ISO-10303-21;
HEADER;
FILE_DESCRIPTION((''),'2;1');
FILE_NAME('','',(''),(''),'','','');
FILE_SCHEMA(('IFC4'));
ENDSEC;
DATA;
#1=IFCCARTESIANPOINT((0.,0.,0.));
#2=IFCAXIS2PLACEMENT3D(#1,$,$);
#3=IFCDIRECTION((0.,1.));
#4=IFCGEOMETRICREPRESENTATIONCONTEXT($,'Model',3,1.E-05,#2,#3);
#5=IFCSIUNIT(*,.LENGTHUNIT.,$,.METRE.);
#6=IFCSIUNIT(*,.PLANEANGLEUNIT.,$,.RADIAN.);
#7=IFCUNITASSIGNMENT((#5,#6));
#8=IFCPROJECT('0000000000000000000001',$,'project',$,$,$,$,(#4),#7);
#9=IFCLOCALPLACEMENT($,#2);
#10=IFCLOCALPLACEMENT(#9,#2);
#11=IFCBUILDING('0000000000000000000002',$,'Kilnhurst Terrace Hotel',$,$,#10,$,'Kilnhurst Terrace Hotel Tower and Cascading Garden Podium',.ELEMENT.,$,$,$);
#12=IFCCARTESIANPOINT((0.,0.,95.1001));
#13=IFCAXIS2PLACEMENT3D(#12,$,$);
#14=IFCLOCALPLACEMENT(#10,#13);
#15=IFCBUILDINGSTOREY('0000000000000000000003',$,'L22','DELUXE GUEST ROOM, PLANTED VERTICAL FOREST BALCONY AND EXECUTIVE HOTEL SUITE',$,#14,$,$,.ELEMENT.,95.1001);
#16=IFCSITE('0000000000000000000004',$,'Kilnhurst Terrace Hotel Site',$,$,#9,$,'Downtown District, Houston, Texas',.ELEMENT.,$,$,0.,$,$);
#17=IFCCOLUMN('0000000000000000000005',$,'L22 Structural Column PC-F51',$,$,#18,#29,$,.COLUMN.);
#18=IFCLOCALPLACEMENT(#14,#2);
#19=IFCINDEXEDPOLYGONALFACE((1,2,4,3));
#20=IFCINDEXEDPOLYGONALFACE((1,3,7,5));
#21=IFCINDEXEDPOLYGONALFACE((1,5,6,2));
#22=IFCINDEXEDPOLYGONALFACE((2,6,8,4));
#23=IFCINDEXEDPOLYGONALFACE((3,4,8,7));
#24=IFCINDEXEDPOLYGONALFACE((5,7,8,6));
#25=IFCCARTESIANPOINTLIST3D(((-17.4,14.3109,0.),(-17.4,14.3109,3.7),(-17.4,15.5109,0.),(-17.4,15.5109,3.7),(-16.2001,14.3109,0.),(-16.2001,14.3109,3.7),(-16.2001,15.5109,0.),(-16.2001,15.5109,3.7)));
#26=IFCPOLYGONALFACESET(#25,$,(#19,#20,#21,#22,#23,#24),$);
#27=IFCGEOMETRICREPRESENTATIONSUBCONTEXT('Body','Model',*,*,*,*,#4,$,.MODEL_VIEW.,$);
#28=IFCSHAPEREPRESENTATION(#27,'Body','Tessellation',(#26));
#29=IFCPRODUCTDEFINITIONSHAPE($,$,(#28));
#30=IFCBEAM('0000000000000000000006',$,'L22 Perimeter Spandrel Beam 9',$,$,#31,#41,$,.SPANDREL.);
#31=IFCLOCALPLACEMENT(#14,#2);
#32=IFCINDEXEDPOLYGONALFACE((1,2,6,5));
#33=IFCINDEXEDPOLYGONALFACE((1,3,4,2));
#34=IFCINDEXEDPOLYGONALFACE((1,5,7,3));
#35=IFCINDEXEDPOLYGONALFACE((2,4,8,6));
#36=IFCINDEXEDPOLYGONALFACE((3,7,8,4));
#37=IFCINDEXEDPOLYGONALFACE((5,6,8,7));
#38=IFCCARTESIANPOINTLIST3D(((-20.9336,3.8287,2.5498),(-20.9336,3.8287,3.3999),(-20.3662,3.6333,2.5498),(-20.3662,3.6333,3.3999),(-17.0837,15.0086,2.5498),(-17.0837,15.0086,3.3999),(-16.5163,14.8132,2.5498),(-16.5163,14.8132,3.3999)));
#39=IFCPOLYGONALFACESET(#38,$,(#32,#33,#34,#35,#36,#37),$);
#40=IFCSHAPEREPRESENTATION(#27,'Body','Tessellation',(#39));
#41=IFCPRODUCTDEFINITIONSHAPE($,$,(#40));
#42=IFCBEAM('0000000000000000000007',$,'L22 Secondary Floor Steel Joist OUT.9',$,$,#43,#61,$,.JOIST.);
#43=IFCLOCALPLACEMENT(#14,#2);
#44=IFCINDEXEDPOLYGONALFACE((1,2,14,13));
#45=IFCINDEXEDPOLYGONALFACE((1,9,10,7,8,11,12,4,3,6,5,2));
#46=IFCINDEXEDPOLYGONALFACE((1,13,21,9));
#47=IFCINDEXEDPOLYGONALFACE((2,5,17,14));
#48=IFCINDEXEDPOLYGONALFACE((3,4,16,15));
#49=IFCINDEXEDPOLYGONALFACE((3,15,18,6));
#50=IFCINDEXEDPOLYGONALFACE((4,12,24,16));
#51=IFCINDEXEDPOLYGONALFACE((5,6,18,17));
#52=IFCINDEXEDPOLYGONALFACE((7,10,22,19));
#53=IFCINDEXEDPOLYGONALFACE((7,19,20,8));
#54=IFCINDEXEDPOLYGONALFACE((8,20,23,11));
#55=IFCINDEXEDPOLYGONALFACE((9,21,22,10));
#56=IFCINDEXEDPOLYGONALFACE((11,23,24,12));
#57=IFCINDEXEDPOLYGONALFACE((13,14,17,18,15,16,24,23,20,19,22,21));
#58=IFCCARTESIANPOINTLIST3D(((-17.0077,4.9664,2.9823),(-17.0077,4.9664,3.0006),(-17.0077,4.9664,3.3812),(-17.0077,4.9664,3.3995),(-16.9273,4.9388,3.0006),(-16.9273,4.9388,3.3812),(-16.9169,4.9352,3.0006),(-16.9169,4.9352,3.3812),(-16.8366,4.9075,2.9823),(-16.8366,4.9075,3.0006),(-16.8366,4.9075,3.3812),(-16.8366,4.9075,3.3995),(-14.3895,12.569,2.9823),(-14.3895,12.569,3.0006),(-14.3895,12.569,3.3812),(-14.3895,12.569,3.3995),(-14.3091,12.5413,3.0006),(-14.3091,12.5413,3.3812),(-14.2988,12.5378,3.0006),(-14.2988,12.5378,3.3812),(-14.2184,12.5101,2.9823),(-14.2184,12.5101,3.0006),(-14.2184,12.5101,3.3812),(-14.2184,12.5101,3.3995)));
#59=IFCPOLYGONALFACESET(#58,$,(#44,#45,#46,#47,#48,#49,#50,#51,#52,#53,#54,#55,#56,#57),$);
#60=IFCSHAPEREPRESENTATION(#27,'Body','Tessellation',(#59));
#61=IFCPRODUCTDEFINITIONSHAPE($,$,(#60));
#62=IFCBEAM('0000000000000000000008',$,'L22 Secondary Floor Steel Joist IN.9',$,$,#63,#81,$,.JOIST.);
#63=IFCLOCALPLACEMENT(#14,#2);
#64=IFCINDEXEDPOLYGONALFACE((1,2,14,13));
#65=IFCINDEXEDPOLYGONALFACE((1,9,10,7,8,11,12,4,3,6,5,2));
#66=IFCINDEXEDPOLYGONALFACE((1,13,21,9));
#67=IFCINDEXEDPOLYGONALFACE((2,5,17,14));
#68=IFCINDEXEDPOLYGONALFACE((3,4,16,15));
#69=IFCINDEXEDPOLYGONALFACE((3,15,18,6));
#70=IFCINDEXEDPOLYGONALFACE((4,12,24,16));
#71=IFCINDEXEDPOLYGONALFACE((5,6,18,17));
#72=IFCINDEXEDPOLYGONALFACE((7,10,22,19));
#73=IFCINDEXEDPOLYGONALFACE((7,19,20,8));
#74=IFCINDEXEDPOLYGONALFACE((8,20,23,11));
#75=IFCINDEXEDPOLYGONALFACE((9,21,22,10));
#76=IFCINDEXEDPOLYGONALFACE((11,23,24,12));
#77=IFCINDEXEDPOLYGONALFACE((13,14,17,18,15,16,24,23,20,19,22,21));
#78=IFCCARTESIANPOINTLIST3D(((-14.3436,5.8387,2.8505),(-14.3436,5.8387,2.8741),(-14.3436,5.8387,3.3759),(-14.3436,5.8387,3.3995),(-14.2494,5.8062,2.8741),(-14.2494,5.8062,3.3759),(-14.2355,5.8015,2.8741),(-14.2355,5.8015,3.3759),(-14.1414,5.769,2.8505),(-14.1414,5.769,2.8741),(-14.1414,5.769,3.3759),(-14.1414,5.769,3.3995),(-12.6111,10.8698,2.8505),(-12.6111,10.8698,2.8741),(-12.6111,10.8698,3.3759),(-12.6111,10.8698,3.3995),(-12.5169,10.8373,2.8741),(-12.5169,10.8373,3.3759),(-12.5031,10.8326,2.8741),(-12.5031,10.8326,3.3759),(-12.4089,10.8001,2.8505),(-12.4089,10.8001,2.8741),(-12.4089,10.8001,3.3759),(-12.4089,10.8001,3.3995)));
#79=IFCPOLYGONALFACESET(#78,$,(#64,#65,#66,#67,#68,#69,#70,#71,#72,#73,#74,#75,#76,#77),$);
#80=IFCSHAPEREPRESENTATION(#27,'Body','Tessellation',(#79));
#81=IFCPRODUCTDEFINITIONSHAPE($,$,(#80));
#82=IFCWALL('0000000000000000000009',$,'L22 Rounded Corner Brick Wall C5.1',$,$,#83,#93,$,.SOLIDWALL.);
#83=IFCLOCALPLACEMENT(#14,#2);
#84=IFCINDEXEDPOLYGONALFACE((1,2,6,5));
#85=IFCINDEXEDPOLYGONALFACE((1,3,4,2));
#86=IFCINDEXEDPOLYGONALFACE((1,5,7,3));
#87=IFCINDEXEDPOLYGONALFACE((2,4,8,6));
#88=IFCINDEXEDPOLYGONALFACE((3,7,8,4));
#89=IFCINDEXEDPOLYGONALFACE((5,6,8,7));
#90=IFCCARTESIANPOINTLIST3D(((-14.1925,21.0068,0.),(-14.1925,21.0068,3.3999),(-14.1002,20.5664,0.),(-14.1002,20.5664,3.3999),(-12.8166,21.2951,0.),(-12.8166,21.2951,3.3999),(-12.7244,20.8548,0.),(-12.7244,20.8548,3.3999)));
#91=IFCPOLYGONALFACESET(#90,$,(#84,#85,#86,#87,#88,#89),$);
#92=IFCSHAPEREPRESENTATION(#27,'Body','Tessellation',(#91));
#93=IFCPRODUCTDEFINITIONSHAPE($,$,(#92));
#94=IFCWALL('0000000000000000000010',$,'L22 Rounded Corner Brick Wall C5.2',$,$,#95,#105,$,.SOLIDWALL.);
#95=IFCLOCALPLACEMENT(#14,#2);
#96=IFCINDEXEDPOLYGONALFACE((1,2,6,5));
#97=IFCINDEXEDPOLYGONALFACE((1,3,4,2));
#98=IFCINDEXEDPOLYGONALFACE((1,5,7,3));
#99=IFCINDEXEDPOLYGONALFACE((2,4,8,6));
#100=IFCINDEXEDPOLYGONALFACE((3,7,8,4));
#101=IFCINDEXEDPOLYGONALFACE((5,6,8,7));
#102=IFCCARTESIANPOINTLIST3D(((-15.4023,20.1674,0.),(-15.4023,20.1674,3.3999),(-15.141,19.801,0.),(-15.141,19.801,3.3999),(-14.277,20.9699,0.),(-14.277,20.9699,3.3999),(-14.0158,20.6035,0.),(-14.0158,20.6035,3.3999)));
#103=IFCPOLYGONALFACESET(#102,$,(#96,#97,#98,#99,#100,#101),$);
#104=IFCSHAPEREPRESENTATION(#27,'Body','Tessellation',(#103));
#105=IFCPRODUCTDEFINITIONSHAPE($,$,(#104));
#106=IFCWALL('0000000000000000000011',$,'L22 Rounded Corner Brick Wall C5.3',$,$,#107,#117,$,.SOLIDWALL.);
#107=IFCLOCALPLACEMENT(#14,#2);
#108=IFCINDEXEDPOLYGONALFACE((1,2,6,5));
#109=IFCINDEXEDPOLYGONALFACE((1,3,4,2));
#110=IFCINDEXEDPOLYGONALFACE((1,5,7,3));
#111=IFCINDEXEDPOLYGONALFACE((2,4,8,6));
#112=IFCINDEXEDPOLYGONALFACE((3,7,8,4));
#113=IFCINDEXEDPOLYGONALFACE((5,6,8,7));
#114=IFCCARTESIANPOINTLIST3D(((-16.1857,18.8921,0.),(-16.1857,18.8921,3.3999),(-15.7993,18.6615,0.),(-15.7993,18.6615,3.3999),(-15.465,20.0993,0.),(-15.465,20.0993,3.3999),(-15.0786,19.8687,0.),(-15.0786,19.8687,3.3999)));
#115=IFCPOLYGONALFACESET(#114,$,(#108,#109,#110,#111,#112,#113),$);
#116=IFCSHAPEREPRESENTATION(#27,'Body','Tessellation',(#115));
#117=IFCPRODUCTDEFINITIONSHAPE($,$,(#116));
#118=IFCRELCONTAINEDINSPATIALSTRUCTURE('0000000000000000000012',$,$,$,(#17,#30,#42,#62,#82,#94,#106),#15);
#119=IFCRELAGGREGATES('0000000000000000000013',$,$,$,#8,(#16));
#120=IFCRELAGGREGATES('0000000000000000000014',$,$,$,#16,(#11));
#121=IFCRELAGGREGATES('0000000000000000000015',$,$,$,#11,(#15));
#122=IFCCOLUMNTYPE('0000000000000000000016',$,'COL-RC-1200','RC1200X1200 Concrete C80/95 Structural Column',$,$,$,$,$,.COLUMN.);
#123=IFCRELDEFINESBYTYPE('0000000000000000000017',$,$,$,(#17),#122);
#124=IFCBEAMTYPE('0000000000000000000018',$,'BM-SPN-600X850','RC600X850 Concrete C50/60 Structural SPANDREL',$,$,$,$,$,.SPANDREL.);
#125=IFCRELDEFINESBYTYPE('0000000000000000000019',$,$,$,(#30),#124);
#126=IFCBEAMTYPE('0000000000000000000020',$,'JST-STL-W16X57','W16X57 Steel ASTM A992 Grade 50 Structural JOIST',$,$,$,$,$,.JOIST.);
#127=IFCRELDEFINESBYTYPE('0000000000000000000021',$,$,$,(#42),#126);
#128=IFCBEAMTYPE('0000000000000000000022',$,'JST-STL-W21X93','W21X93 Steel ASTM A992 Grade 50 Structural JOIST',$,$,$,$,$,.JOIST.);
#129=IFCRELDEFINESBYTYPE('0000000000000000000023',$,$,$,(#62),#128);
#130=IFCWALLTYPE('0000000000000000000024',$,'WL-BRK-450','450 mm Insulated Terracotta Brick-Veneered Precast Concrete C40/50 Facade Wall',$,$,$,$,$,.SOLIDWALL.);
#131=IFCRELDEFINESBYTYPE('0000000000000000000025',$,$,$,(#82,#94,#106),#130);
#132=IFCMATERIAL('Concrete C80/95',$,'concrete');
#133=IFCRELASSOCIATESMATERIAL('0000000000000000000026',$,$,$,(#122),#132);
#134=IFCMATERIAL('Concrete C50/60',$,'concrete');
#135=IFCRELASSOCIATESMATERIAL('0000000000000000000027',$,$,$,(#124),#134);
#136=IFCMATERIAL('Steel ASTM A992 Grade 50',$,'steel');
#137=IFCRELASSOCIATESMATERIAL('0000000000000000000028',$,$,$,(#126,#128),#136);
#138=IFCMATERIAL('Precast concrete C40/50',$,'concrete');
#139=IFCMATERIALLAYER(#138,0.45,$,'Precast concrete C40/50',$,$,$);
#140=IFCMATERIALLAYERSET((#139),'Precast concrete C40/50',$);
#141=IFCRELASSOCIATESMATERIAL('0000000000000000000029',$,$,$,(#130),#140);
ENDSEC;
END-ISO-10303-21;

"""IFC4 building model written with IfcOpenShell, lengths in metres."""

from ifc_helpers import new_model, si_unit, direction, frame, frame_2d, origin, origin_2d, place, context, subcontext, project, spatial, rectangle, i_section, extrude, material, layer, layer_set, material_profile, profile_set, type_object, element, save


model = new_model("IFC4")

# Units and contexts
model_context = context("Model", 3, precision=1e-05, world=origin(), true_north=direction((0.0, 1.0)))
body_context = subcontext(model_context, "Body", "Model", "MODEL_VIEW")
ifc_project = project(units=[si_unit("LENGTHUNIT", "METRE"), si_unit("PLANEANGLEUNIT", "RADIAN")], contexts=[model_context])

# Site, building, storey
site_placement = place(None, origin())
site = spatial("IfcSite", under=ifc_project, at=site_placement, Name="Kilnhurst Terrace Hotel Site", LongName="Downtown District, Houston, Texas", CompositionType="ELEMENT", RefElevation=0.0)
building_placement = place(site_placement, origin())
building = spatial("IfcBuilding", under=site, at=building_placement, Name="Kilnhurst Terrace Hotel", LongName="Kilnhurst Terrace Hotel Tower and Cascading Garden Podium", CompositionType="ELEMENT")
storey_placement = place(building_placement, frame((0.0, 0.0, 95.1001)))
storey = spatial("IfcBuildingStorey", under=building, at=storey_placement, Name="L22", Description="DELUXE GUEST ROOM, PLANTED VERTICAL FOREST BALCONY AND EXECUTIVE HOTEL SUITE", CompositionType="ELEMENT", Elevation=95.1001)

# Column
ifc_material_1 = material(Name="Concrete C80/95", Category="concrete")
ifc_material_profile_1 = material_profile(ifc_material_1, rectangle(XDim=1.2, YDim=1.2, at=origin_2d()), Name="RC1200X1200")
ifc_profile_set_1 = profile_set([ifc_material_profile_1], Name="Concrete C80/95")
column_type = type_object("IfcColumnType", Name="COL-RC-1200", Description="RC1200X1200 Concrete C80/95 Structural Column", PredefinedType="COLUMN", material=ifc_profile_set_1)
column_placement = place(storey_placement, frame((-16.8, 14.9109, 0.0), z_axis=(0.0, 0.0, 1.0), x_axis=(1.0, 0.0, 0.0)))
element("IfcColumn", 1, at=column_placement, inside=storey, type_object=column_type, Name="L22 Structural Column PC-F51", PredefinedType="COLUMN", context=body_context, shape_type="SweptSolid", body=[
    extrude(rectangle(XDim=1.2, YDim=1.2, at=origin_2d()), origin(), (0.0, 0.0, 1.0), 3.7),
])

# Beams
ifc_material_2 = material(Name="Concrete C50/60", Category="concrete")
ifc_material_profile_2 = material_profile(ifc_material_2, rectangle(XDim=0.6001, YDim=0.8501, at=origin_2d()), Name="RC600X850")
ifc_profile_set_2 = profile_set([ifc_material_profile_2], Name="Concrete C50/60")
beam_type_1 = type_object("IfcBeamType", Name="BM-SPN-600X850", Description="RC600X850 Concrete C50/60 Structural SPANDREL", PredefinedType="SPANDREL", material=ifc_profile_set_2)
beam_1_placement = place(storey_placement, frame((-16.8, 14.9109, 2.9749), z_axis=(-0.32559, -0.945511, 0.0), x_axis=(0.945511, -0.32559, 0.0)))
element("IfcBeam", 2, at=beam_1_placement, inside=storey, type_object=beam_type_1, Name="L22 Perimeter Spandrel Beam 9", PredefinedType="SPANDREL", context=body_context, shape_type="SweptSolid", body=[
    extrude(rectangle(XDim=0.6001, YDim=0.8501, at=origin_2d()), origin(), (0.0, 0.0, 1.0), 11.8242),
])
ifc_material_3 = material(Name="Steel ASTM A992 Grade 50", Category="steel")
ifc_material_profile_3 = material_profile(ifc_material_3, i_section(OverallWidth=0.1809, OverallDepth=0.4172, WebThickness=0.011, FlangeThickness=0.0183, at=origin_2d()), Name="W16X57")
ifc_profile_set_3 = profile_set([ifc_material_profile_3], Name="Steel ASTM A992 Grade 50")
beam_type_2 = type_object("IfcBeamType", Name="JST-STL-W16X57", Description="W16X57 Steel ASTM A992 Grade 50 Structural JOIST", PredefinedType="JOIST", material=ifc_profile_set_3)
beam_2_placement = place(storey_placement, frame((-14.304, 12.5396, 3.1909), z_axis=(-0.325613, -0.945503, 0.0), x_axis=(0.945503, -0.325613, 0.0)))
element("IfcBeam", 3, at=beam_2_placement, inside=storey, type_object=beam_type_2, Name="L22 Secondary Floor Steel Joist OUT.9", PredefinedType="JOIST", context=body_context, shape_type="SweptSolid", body=[
    extrude(i_section(OverallWidth=0.1809, OverallDepth=0.4172, WebThickness=0.011, FlangeThickness=0.0183, at=origin_2d()), origin(), (0.0, 0.0, 1.0), 8.0408),
])
ifc_material_profile_4 = material_profile(ifc_material_3, i_section(OverallWidth=0.2139, OverallDepth=0.5491, WebThickness=0.0146, FlangeThickness=0.0237, at=origin_2d()), Name="W21X93")
ifc_profile_set_4 = profile_set([ifc_material_profile_4], Name="Steel ASTM A992 Grade 50")
beam_type_3 = type_object("IfcBeamType", Name="JST-STL-W21X93", Description="W21X93 Steel ASTM A992 Grade 50 Structural JOIST", PredefinedType="JOIST", material=ifc_profile_set_4)
beam_3_placement = place(storey_placement, frame((-12.51, 10.835, 3.125), z_axis=(-0.325586, -0.945512, 0.0), x_axis=(0.945512, -0.325586, 0.0)))
element("IfcBeam", 4, at=beam_3_placement, inside=storey, type_object=beam_type_3, Name="L22 Secondary Floor Steel Joist IN.9", PredefinedType="JOIST", context=body_context, shape_type="SweptSolid", body=[
    extrude(i_section(OverallWidth=0.2139, OverallDepth=0.5491, WebThickness=0.0146, FlangeThickness=0.0237, at=origin_2d()), origin(), (0.0, 0.0, 1.0), 5.321),
])

# Walls
ifc_material_4 = material(Name="Precast concrete C40/50", Category="concrete")
ifc_layer_1 = layer(ifc_material_4, 0.45, Name="Precast concrete C40/50")
ifc_layer_set_1 = layer_set([ifc_layer_1], Name="Precast concrete C40/50")
wall_type_1 = type_object("IfcWallType", Name="WL-BRK-450", Description="450 mm Insulated Terracotta Brick-Veneered Precast Concrete C40/50 Facade Wall", PredefinedType="SOLIDWALL", material=ifc_layer_set_1)
wall_1_placement = place(storey_placement, frame((-12.7705, 21.075, 0.0), z_axis=(0.0, 0.0, 1.0), x_axis=(-0.978743, -0.205091, 0.0)))
element("IfcWall", 5, at=wall_1_placement, inside=storey, type_object=wall_type_1, Name="L22 Rounded Corner Brick Wall C5.1", PredefinedType="SOLIDWALL", context=body_context, shape_type="SweptSolid", body=[
    extrude(rectangle(XDim=1.4058, YDim=0.45, at=frame_2d((0.7029, 0.0))), origin(), (0.0, 0.0, 1.0), 3.3999),
])
wall_2_placement = place(storey_placement, frame((-14.1465, 20.7866, 0.0), z_axis=(0.0, 0.0, 1.0), x_axis=(-0.814163, -0.580636, 0.0)))
element("IfcWall", 6, at=wall_2_placement, inside=storey, type_object=wall_type_1, Name="L22 Rounded Corner Brick Wall C5.2", PredefinedType="SOLIDWALL", context=body_context, shape_type="SweptSolid", body=[
    extrude(rectangle(XDim=1.3821, YDim=0.45, at=frame_2d((0.6909, 0.0))), origin(), (0.0, 0.0, 1.0), 3.3999),
])
wall_3_placement = place(storey_placement, frame((-15.2717, 19.9841, 0.0), z_axis=(0.0, 0.0, 1.0), x_axis=(-0.512579, -0.85864, 0.0)))
element("IfcWall", 7, at=wall_3_placement, inside=storey, type_object=wall_type_1, Name="L22 Rounded Corner Brick Wall C5.3", PredefinedType="SOLIDWALL", context=body_context, shape_type="SweptSolid", body=[
    extrude(rectangle(XDim=1.406, YDim=0.45, at=frame_2d((0.7031, 0.0))), origin(), (0.0, 0.0, 1.0), 3.3999),
])

save(model, "model.ifc")
